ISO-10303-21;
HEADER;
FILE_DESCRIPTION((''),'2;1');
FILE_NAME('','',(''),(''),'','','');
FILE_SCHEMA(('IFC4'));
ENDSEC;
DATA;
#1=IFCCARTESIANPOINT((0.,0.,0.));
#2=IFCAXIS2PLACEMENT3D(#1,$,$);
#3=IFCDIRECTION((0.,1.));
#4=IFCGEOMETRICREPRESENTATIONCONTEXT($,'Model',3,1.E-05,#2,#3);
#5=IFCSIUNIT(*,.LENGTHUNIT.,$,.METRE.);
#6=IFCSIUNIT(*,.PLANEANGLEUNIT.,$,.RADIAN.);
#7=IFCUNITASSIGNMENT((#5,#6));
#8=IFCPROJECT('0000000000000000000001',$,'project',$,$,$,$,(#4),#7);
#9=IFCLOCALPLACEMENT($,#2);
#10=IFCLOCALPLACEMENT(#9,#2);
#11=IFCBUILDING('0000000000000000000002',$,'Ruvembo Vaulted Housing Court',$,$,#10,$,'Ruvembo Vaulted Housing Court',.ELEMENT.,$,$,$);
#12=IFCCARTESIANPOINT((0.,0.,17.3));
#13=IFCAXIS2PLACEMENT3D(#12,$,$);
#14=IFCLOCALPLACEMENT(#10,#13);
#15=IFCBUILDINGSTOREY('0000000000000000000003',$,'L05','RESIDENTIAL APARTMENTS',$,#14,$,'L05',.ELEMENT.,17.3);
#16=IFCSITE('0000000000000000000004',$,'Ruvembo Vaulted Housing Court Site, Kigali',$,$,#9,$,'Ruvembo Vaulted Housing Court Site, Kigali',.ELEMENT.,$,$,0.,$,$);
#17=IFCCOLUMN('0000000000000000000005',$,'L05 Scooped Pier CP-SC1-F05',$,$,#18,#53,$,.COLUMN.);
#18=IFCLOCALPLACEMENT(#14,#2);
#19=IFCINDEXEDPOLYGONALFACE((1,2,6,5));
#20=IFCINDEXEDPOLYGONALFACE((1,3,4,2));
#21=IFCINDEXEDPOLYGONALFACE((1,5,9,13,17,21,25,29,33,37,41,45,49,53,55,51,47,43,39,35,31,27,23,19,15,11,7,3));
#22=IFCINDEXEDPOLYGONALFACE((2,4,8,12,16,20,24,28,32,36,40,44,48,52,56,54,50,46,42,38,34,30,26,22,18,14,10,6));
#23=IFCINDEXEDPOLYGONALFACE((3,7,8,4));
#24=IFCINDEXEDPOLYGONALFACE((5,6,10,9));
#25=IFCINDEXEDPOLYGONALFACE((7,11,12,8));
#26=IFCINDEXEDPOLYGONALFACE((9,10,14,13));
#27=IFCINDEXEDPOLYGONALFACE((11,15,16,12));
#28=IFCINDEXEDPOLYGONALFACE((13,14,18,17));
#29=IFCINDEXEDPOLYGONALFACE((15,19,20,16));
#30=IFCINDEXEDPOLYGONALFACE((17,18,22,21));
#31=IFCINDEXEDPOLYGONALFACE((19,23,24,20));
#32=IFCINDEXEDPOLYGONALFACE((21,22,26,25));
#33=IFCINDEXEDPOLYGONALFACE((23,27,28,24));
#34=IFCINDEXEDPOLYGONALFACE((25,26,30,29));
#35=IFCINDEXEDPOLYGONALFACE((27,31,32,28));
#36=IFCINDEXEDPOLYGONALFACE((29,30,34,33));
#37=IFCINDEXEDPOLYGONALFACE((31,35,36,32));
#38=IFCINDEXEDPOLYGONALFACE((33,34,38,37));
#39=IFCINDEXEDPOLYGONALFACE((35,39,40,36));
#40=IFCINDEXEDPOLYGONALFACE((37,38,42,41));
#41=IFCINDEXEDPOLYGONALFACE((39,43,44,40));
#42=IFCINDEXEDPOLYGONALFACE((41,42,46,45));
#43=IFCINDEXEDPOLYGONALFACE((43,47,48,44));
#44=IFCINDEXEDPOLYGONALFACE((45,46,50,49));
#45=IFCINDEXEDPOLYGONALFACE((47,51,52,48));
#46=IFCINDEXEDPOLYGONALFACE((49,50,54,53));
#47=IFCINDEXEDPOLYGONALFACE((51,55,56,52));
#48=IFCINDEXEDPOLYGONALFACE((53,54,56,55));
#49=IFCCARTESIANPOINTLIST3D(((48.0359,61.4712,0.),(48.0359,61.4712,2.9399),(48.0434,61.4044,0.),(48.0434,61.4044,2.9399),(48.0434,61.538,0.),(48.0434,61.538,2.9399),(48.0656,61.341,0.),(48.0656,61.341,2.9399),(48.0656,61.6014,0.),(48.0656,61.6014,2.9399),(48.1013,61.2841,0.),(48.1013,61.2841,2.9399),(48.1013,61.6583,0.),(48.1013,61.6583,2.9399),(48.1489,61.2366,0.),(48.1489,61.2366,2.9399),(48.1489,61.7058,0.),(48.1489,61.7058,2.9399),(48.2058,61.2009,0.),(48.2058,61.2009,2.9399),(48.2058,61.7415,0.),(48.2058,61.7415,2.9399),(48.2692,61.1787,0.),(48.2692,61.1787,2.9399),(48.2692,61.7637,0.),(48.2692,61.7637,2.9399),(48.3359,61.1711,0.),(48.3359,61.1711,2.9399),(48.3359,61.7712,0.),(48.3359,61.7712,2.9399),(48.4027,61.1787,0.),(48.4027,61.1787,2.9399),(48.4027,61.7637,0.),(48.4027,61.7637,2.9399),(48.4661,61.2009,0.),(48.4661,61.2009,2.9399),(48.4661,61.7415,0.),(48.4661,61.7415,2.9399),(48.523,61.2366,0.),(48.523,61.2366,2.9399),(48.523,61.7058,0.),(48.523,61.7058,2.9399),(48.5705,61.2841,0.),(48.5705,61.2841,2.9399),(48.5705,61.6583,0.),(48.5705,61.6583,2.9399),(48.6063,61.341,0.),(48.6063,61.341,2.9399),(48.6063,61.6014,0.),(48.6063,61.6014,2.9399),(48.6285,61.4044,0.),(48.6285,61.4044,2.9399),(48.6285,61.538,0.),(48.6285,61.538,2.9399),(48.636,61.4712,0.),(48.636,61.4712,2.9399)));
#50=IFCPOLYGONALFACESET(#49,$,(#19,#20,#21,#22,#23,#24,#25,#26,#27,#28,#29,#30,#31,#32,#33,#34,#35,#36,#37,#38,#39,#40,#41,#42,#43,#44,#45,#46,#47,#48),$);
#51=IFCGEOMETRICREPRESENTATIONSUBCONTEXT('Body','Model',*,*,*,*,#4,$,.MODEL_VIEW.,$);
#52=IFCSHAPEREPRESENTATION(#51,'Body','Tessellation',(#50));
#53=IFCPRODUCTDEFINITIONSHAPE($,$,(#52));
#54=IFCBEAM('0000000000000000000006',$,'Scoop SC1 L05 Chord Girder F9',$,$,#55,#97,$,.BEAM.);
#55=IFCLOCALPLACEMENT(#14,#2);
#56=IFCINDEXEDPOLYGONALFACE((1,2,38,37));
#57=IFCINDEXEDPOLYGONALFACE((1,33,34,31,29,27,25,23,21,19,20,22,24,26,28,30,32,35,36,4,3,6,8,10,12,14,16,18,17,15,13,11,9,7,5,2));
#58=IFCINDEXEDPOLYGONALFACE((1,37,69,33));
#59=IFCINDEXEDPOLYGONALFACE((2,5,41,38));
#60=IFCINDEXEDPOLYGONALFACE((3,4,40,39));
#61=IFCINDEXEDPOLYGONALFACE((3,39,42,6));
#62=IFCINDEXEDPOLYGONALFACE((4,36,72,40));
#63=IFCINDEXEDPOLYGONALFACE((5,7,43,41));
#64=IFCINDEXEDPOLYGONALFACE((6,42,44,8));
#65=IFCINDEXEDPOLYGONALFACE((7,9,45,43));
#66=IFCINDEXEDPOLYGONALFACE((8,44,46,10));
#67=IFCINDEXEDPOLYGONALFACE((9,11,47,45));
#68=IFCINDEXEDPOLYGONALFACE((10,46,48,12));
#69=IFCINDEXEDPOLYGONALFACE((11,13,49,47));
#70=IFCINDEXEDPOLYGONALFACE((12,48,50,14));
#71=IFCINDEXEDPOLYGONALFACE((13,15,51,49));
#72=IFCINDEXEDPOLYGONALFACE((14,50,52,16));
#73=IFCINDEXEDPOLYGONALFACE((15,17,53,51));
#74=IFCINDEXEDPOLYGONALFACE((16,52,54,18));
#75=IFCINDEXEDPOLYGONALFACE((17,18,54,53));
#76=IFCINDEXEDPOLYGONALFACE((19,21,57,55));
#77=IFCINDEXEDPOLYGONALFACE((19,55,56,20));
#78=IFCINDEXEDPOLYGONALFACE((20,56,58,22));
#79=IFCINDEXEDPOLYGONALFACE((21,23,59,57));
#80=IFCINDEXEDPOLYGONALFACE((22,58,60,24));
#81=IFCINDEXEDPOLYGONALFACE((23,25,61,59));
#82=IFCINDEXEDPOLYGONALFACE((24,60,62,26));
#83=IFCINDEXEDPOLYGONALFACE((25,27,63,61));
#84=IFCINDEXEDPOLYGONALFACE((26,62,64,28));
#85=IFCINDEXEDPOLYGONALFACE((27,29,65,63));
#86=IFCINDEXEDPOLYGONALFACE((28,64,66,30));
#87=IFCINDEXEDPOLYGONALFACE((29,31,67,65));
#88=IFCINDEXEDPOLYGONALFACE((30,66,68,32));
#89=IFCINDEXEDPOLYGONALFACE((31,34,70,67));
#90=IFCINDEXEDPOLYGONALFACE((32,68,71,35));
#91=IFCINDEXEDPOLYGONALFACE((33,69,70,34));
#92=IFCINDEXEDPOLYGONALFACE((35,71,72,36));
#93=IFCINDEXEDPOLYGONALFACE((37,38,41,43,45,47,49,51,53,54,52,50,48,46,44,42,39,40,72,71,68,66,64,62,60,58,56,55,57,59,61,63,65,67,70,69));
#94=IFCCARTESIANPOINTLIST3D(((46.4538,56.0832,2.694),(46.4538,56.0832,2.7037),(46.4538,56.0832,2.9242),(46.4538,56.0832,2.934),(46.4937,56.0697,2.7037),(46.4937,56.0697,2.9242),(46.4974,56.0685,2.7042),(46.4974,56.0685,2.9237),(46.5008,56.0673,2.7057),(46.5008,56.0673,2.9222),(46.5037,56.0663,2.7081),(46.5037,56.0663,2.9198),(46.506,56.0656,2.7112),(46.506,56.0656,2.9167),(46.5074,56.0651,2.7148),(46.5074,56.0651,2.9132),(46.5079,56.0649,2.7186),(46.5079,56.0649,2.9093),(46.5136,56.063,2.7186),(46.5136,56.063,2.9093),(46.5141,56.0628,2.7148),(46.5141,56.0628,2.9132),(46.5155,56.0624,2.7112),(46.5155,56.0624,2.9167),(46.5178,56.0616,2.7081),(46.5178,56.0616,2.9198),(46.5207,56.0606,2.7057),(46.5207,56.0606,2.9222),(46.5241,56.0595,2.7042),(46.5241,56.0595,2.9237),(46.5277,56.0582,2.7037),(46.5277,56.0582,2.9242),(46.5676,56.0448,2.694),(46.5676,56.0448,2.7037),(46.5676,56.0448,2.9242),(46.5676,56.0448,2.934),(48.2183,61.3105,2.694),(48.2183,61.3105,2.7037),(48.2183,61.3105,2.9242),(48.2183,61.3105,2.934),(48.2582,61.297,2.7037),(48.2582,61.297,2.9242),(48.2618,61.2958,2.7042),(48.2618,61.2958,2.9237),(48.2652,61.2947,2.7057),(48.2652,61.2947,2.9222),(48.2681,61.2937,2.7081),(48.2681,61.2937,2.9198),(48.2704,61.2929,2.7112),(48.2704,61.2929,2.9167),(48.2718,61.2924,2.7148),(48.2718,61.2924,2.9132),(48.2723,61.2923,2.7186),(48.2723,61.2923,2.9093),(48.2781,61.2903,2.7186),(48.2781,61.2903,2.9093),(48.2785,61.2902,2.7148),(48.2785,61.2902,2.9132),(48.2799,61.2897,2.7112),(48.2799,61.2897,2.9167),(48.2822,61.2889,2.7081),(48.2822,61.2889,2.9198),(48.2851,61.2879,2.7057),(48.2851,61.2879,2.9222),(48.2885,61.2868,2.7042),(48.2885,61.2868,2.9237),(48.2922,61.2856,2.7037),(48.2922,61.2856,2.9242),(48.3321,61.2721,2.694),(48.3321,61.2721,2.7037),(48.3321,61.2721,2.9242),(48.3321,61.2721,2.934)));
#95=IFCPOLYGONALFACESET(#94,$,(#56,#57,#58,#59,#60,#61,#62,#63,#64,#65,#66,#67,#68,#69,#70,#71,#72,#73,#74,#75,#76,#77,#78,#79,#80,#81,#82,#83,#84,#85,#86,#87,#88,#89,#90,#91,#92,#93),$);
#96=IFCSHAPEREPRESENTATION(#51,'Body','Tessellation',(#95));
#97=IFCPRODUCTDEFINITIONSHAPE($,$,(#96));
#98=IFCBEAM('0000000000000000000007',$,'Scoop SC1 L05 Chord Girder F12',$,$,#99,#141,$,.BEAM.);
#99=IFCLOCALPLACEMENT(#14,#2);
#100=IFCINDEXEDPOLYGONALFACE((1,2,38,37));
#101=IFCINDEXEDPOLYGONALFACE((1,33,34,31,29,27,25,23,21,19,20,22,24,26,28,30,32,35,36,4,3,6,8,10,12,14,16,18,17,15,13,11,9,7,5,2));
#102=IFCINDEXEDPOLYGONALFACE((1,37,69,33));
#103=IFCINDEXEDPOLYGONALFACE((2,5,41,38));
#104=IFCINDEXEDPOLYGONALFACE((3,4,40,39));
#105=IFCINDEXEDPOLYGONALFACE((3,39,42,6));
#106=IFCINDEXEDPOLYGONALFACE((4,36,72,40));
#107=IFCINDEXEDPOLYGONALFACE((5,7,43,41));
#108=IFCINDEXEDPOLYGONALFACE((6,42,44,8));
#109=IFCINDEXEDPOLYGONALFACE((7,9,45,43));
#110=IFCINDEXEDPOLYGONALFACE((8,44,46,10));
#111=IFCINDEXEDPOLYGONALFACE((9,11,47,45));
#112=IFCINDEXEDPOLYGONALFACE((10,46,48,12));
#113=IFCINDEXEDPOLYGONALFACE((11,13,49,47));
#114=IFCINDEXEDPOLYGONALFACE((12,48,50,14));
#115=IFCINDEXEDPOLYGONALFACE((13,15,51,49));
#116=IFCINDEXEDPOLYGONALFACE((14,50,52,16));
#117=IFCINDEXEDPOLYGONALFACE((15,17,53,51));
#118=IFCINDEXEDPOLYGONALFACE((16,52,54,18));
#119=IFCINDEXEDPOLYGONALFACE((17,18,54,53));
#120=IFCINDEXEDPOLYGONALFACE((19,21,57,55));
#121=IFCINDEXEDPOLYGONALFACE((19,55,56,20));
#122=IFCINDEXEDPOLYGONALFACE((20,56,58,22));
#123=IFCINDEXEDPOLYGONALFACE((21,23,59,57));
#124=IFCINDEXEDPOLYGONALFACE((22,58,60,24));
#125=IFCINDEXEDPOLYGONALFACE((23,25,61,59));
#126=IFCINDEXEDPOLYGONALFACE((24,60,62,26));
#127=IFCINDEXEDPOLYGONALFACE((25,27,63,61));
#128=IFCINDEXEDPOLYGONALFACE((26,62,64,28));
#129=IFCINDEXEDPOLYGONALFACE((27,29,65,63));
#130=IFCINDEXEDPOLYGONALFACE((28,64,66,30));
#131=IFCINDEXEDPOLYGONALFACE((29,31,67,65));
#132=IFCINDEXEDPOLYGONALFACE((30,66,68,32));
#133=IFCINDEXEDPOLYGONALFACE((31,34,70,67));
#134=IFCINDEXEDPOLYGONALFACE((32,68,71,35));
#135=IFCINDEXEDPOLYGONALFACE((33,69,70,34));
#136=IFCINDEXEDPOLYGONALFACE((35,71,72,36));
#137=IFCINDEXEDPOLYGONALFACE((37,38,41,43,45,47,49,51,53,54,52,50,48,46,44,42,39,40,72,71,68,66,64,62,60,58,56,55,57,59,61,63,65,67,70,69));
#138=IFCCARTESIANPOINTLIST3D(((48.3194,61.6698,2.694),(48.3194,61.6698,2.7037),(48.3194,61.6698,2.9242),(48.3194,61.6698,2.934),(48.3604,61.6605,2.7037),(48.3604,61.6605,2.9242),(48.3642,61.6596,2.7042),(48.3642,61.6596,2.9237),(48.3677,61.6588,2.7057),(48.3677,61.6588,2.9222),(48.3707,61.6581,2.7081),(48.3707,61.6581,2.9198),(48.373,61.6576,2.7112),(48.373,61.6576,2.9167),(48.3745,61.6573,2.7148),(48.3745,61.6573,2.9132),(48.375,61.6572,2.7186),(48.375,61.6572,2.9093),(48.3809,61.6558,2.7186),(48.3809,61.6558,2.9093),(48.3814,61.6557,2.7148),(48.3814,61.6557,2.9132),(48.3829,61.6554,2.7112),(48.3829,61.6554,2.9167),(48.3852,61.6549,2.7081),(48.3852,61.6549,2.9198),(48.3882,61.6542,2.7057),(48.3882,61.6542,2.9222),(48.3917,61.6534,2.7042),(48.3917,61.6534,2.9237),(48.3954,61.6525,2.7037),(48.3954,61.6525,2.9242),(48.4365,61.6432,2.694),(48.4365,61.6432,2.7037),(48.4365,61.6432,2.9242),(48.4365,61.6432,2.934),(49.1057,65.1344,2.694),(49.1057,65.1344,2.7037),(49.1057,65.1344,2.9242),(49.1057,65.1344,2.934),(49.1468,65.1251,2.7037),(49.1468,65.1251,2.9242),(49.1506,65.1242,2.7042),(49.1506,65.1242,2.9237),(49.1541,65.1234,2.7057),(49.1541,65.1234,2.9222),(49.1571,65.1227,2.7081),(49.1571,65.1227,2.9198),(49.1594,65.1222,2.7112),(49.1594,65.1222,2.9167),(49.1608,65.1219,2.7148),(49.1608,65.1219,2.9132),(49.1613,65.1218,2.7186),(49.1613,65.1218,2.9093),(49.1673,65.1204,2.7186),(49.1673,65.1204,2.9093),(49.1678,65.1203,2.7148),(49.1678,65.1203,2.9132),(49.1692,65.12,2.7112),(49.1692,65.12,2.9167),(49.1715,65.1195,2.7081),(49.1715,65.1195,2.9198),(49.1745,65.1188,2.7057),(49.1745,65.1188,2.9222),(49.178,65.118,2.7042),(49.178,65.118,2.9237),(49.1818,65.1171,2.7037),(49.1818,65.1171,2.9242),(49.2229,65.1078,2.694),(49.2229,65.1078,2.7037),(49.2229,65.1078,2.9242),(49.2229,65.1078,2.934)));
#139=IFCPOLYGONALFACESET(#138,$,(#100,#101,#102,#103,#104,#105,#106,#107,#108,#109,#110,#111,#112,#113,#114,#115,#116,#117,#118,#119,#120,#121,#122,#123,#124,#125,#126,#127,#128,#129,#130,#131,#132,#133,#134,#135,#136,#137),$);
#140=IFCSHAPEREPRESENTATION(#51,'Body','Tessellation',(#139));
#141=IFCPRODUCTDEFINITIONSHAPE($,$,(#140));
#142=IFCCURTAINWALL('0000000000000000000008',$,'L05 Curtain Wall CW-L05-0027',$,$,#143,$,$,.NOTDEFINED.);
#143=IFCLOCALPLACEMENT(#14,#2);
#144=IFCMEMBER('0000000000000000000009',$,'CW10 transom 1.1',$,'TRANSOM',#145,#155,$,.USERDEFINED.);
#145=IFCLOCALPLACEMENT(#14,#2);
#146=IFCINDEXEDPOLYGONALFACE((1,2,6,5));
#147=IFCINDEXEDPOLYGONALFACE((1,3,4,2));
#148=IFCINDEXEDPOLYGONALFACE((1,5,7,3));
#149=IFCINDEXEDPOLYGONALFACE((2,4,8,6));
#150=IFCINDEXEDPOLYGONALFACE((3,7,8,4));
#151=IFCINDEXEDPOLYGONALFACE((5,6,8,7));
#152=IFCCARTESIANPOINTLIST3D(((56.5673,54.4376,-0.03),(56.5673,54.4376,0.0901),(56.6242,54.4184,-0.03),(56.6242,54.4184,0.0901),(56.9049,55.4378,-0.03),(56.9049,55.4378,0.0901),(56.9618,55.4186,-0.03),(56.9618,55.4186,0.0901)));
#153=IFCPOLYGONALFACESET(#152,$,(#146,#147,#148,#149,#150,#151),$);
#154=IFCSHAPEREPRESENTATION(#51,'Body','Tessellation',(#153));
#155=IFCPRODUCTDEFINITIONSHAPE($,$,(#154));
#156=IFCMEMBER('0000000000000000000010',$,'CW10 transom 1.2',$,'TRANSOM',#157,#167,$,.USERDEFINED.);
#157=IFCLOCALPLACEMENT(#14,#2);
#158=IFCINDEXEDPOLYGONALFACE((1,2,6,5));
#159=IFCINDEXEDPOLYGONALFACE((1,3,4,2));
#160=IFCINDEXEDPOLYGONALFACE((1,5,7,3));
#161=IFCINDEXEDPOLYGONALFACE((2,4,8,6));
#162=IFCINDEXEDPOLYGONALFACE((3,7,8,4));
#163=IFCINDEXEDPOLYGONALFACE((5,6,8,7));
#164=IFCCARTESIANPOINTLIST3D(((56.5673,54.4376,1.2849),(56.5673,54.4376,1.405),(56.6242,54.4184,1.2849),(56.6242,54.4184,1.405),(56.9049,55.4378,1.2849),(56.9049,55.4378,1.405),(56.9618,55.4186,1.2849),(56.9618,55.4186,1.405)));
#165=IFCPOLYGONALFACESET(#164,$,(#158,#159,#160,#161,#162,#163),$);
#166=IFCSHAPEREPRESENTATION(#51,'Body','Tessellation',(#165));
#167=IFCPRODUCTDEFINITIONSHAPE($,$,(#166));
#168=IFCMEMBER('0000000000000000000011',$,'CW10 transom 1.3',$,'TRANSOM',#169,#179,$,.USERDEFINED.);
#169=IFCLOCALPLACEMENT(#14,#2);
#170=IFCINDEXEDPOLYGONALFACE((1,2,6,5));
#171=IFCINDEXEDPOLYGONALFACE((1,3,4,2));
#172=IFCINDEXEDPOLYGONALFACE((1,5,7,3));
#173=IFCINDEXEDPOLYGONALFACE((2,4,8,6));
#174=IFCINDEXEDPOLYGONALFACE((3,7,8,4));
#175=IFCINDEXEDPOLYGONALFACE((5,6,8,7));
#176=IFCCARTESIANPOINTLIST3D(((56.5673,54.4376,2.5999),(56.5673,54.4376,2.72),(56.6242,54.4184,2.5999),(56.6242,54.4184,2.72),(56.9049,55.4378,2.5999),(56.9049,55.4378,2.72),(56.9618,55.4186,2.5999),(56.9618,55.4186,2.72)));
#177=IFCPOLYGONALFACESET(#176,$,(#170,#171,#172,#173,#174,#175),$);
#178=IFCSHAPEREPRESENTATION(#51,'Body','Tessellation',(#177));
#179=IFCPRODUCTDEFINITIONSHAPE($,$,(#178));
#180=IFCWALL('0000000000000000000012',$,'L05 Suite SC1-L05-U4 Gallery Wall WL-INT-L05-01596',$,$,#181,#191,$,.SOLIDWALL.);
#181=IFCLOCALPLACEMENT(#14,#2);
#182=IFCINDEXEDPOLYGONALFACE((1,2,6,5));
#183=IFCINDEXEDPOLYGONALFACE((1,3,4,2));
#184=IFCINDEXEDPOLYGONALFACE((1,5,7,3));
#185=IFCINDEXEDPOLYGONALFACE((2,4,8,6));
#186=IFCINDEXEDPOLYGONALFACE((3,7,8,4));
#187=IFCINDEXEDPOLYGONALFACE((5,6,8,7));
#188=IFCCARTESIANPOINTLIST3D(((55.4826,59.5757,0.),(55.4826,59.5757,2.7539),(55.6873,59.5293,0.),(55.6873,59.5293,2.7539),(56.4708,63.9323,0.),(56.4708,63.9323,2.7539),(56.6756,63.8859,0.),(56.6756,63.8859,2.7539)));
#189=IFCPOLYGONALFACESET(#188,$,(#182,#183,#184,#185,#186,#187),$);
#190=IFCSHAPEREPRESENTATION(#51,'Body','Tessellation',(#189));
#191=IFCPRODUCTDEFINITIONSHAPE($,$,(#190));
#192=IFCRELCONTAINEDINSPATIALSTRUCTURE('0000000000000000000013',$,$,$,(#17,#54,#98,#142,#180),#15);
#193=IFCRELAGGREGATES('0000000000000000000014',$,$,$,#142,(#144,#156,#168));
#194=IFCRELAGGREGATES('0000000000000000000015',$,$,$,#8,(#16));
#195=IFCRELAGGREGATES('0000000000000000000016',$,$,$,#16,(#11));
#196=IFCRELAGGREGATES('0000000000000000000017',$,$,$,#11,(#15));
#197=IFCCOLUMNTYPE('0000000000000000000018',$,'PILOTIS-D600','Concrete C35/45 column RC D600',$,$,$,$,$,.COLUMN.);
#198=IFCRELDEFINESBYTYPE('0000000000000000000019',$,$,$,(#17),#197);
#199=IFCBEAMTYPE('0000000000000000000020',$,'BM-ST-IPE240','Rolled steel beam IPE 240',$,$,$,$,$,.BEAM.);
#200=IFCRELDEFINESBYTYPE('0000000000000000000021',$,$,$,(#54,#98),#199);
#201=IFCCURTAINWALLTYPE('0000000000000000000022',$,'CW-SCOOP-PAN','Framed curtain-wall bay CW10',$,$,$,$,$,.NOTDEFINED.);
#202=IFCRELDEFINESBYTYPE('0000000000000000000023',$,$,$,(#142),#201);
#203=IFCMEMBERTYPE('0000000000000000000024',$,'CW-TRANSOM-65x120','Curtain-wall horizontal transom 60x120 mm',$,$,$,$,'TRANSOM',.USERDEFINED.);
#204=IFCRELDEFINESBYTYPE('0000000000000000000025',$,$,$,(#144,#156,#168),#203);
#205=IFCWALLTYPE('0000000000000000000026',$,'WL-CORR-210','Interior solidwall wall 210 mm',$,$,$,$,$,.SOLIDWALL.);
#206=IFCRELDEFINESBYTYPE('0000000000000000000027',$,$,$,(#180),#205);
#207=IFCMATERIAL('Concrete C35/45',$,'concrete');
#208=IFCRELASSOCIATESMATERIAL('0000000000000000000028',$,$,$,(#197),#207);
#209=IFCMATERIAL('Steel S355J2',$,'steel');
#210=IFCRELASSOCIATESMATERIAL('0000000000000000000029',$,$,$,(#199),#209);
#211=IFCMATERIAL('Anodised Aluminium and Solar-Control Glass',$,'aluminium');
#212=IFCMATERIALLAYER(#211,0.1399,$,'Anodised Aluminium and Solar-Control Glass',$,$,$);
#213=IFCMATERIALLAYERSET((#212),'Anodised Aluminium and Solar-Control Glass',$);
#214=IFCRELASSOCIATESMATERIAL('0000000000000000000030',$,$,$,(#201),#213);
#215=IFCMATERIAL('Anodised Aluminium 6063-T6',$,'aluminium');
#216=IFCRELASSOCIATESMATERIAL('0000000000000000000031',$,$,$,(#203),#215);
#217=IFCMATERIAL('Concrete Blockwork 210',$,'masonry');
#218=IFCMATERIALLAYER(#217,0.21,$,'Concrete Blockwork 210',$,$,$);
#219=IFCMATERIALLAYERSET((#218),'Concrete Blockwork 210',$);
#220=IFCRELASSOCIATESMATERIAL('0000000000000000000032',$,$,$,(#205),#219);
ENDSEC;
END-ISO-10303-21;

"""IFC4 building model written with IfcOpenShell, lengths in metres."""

from ifc_helpers import new_model, si_unit, direction, frame, frame_2d, origin, origin_2d, place, context, subcontext, project, spatial, rectangle, circle, i_section, extrude, material, layer, layer_set, material_profile, profile_set, type_object, element, aggregate, save


model = new_model("IFC4")

# Units and contexts
model_context = context("Model", 3, precision=1e-05, world=origin(), true_north=direction((0.0, 1.0)))
body_context = subcontext(model_context, "Body", "Model", "MODEL_VIEW")
ifc_project = project(units=[si_unit("LENGTHUNIT", "METRE"), si_unit("PLANEANGLEUNIT", "RADIAN")], contexts=[model_context])

# Site, building, storey
site_placement = place(None, origin())
site = spatial("IfcSite", under=ifc_project, at=site_placement, Name="Ruvembo Vaulted Housing Court Site, Kigali", LongName="Ruvembo Vaulted Housing Court Site, Kigali", CompositionType="ELEMENT", RefElevation=0.0)
building_placement = place(site_placement, origin())
building = spatial("IfcBuilding", under=site, at=building_placement, Name="Ruvembo Vaulted Housing Court", LongName="Ruvembo Vaulted Housing Court", CompositionType="ELEMENT")
storey_placement = place(building_placement, frame((0.0, 0.0, 17.3)))
storey = spatial("IfcBuildingStorey", under=building, at=storey_placement, Name="L05", Description="RESIDENTIAL APARTMENTS", LongName="L05", CompositionType="ELEMENT", Elevation=17.3)

# Column
ifc_material_1 = material(Name="Concrete C35/45", Category="concrete")
ifc_material_profile_1 = material_profile(ifc_material_1, circle(Radius=0.3, at=origin_2d()), Name="RC D600")
ifc_profile_set_1 = profile_set([ifc_material_profile_1], Name="Concrete C35/45")
column_type = type_object("IfcColumnType", Name="PILOTIS-D600", Description="Concrete C35/45 column RC D600", PredefinedType="COLUMN", material=ifc_profile_set_1)
column_placement = place(storey_placement, frame((48.3359, 61.4712, 0.0), z_axis=(0.0, 0.0, 1.0), x_axis=(1.0, 0.0, 0.0)))
element("IfcColumn", 1, at=column_placement, inside=storey, type_object=column_type, Name="L05 Scooped Pier CP-SC1-F05", PredefinedType="COLUMN", context=body_context, shape_type="SweptSolid", body=[
    extrude(circle(Radius=0.3, at=origin_2d()), origin(), (0.0, 0.0, 1.0), 2.9399),
])

# Beams
ifc_material_2 = material(Name="Steel S355J2", Category="steel")
ifc_material_profile_2 = material_profile(ifc_material_2, i_section(OverallWidth=0.1201, OverallDepth=0.24, WebThickness=0.0061, FlangeThickness=0.0098, FilletRadius=0.0149, at=origin_2d()), Name="IPE 240")
ifc_profile_set_2 = profile_set([ifc_material_profile_2], Name="Steel S355J2")
beam_type = type_object("IfcBeamType", Name="BM-ST-IPE240", Description="Rolled steel beam IPE 240", PredefinedType="BEAM", material=ifc_profile_set_2)
beam_1_placement = place(storey_placement, frame((46.5107, 56.064, 2.814), z_axis=(0.31981, 0.947482, 0.0), x_axis=(-0.947482, 0.31981, 0.0)))
element("IfcBeam", 2, at=beam_1_placement, inside=storey, type_object=beam_type, Name="Scoop SC1 L05 Chord Girder F9", PredefinedType="BEAM", context=body_context, shape_type="SweptSolid", body=[
    extrude(i_section(OverallWidth=0.1201, OverallDepth=0.24, WebThickness=0.0061, FlangeThickness=0.0098, FilletRadius=0.0149, at=origin_2d()), origin(), (0.0, 0.0, 1.0), 5.5171),
])
beam_2_placement = place(storey_placement, frame((48.3779, 61.6565, 2.814), z_axis=(0.221345, 0.975196, 0.0), x_axis=(-0.975196, 0.221345, 0.0)))
element("IfcBeam", 3, at=beam_2_placement, inside=storey, type_object=beam_type, Name="Scoop SC1 L05 Chord Girder F12", PredefinedType="BEAM", context=body_context, shape_type="SweptSolid", body=[
    extrude(i_section(OverallWidth=0.1201, OverallDepth=0.24, WebThickness=0.0061, FlangeThickness=0.0098, FilletRadius=0.0149, at=origin_2d()), origin(), (0.0, 0.0, 1.0), 3.5527),
])

# Curtain wall, members
ifc_material_3 = material(Name="Anodised Aluminium and Solar-Control Glass", Category="aluminium")
ifc_layer_1 = layer(ifc_material_3, 0.1399, Name="Anodised Aluminium and Solar-Control Glass")
ifc_layer_set_1 = layer_set([ifc_layer_1], Name="Anodised Aluminium and Solar-Control Glass")
curtain_wall_type = type_object("IfcCurtainWallType", Name="CW-SCOOP-PAN", Description="Framed curtain-wall bay CW10", PredefinedType="NOTDEFINED", material=ifc_layer_set_1)
curtain_wall_placement = place(storey_placement, origin())
curtain_wall = element("IfcCurtainWall", 4, at=curtain_wall_placement, inside=storey, type_object=curtain_wall_type, Name="L05 Curtain Wall CW-L05-0027", PredefinedType="NOTDEFINED")
ifc_material_4 = material(Name="Anodised Aluminium 6063-T6", Category="aluminium")
ifc_material_profile_3 = material_profile(ifc_material_4, rectangle(XDim=0.0601, YDim=0.1201, at=origin_2d()), Name="ALU 60x120")
ifc_profile_set_3 = profile_set([ifc_material_profile_3], Name="Anodised Aluminium 6063-T6")
member_type = type_object("IfcMemberType", Name="CW-TRANSOM-65x120", Description="Curtain-wall horizontal transom 60x120 mm", ElementType="TRANSOM", PredefinedType="USERDEFINED", material=ifc_profile_set_3)
member_1_placement = place(storey_placement, frame((56.5957, 54.428, 0.03), z_axis=(0.319833, 0.947474, 0.0), x_axis=(-0.947474, 0.319833, 0.0)))
member_1 = element("IfcMember", 5, at=member_1_placement, type_object=member_type, Name="CW10 transom 1.1", ObjectType="TRANSOM", PredefinedType="USERDEFINED", context=body_context, shape_type="SweptSolid", body=[
    extrude(rectangle(XDim=0.0601, YDim=0.1201, at=origin_2d()), origin(), (0.0, 0.0, 1.0), 1.0557),
])
member_2_placement = place(storey_placement, frame((56.5957, 54.428, 1.345), z_axis=(0.319833, 0.947474, 0.0), x_axis=(-0.947474, 0.319833, 0.0)))
member_2 = element("IfcMember", 6, at=member_2_placement, type_object=member_type, Name="CW10 transom 1.2", ObjectType="TRANSOM", PredefinedType="USERDEFINED", context=body_context, shape_type="SweptSolid", body=[
    extrude(rectangle(XDim=0.0601, YDim=0.1201, at=origin_2d()), origin(), (0.0, 0.0, 1.0), 1.0557),
])
member_3_placement = place(storey_placement, frame((56.5957, 54.428, 2.6599), z_axis=(0.319833, 0.947474, 0.0), x_axis=(-0.947474, 0.319833, 0.0)))
member_3 = element("IfcMember", 7, at=member_3_placement, type_object=member_type, Name="CW10 transom 1.3", ObjectType="TRANSOM", PredefinedType="USERDEFINED", context=body_context, shape_type="SweptSolid", body=[
    extrude(rectangle(XDim=0.0601, YDim=0.1201, at=origin_2d()), origin(), (0.0, 0.0, 1.0), 1.0557),
])
aggregate(curtain_wall, [member_1, member_2, member_3])

# Shared definitions
ifc_material_5 = material(Name="Concrete Blockwork 210", Category="masonry")
ifc_layer_2 = layer(ifc_material_5, 0.21, Name="Concrete Blockwork 210")
ifc_layer_set_2 = layer_set([ifc_layer_2], Name="Concrete Blockwork 210")
wall_type_1 = type_object("IfcWallType", Name="WL-CORR-210", Description="Interior solidwall wall 210 mm", PredefinedType="SOLIDWALL", material=ifc_layer_set_2)

# Wall
wall_1_placement = place(storey_placement, frame((55.585, 59.5525, 0.0), z_axis=(0.0, 0.0, 1.0), x_axis=(0.221222, 0.975223, 0.0)))
element("IfcWall", 8, at=wall_1_placement, inside=storey, type_object=wall_type_1, Name="L05 Suite SC1-L05-U4 Gallery Wall WL-INT-L05-01596", PredefinedType="SOLIDWALL", context=body_context, shape_type="SweptSolid", body=[
    extrude(rectangle(XDim=4.4673, YDim=0.21, at=frame_2d((2.2336, 0.0))), origin(), (0.0, 0.0, 1.0), 2.7539),
])

save(model, "model.ifc")
